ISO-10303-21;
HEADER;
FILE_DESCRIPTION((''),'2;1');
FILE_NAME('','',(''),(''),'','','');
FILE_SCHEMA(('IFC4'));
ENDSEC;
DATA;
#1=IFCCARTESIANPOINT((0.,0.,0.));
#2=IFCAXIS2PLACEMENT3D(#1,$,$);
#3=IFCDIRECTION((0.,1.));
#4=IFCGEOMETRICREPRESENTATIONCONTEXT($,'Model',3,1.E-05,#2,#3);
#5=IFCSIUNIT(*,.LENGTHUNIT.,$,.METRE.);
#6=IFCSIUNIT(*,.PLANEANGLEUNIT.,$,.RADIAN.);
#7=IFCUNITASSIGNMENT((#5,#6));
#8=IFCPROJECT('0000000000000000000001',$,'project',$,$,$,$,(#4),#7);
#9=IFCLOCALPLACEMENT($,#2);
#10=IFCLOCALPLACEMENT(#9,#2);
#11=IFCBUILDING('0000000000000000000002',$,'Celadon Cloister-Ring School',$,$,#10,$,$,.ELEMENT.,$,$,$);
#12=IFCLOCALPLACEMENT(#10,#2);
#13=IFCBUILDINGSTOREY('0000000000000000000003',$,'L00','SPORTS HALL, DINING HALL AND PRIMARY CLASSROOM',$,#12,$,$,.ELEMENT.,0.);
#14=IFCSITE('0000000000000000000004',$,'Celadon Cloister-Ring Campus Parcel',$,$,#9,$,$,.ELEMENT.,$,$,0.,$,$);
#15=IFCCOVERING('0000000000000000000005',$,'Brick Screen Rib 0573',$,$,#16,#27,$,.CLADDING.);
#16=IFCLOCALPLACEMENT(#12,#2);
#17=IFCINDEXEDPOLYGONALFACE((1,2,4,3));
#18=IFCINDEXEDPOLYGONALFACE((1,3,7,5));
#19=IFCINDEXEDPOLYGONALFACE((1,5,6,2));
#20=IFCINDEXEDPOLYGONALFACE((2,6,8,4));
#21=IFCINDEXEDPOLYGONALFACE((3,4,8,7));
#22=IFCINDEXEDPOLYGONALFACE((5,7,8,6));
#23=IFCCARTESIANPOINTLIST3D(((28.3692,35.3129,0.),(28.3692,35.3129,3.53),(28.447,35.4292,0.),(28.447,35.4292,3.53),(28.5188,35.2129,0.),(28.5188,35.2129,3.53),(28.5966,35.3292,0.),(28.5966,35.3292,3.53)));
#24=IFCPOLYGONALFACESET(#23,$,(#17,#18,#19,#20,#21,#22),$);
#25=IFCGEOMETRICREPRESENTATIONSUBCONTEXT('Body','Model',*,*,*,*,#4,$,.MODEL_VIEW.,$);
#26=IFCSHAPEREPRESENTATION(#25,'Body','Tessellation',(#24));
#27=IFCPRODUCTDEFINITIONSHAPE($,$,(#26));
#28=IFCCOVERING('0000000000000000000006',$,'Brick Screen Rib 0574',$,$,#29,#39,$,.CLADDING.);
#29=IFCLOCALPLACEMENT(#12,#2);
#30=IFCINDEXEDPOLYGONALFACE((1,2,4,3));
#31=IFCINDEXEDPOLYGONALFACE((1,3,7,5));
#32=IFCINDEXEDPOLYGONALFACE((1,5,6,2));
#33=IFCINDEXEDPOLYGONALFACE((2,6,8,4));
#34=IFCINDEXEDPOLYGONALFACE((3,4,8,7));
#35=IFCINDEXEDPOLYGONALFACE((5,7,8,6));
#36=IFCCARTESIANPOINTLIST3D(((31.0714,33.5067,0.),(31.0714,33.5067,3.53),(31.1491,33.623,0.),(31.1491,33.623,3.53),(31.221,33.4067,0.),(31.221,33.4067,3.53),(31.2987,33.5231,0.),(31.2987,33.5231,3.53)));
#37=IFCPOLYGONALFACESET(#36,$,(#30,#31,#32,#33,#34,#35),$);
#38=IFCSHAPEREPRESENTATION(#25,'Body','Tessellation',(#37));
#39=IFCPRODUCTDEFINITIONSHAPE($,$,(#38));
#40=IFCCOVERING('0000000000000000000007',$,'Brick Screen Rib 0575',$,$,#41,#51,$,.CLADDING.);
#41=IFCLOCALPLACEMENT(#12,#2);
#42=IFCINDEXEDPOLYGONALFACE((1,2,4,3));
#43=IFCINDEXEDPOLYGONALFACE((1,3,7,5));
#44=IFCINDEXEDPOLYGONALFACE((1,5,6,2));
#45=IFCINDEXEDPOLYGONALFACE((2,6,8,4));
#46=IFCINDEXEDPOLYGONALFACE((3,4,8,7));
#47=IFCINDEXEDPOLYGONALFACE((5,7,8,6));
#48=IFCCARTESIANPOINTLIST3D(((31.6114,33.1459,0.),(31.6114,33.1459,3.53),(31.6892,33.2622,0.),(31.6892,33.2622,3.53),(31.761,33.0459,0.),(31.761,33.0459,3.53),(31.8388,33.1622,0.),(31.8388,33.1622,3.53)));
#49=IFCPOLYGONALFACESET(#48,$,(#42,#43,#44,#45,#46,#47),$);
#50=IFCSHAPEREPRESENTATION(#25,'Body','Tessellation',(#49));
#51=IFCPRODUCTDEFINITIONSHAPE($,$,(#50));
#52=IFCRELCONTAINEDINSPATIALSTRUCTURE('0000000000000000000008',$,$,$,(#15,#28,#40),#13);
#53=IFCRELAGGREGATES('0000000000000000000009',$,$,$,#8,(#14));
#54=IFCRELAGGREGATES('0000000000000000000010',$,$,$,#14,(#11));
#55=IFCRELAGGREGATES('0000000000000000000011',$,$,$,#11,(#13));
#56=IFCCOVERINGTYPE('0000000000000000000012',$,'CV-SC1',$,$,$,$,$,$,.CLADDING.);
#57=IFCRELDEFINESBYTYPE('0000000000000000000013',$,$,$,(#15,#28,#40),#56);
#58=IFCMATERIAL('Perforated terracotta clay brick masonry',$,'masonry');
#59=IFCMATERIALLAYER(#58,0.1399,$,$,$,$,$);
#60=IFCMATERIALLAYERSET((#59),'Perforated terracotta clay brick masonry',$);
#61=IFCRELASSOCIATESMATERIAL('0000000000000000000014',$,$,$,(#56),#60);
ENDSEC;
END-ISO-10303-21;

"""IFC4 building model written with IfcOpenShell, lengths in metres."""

from ifc_helpers import new_model, si_unit, direction, frame, origin, origin_2d, place, context, subcontext, project, spatial, rectangle, extrude, material, layer, layer_set, type_object, element, save


model = new_model("IFC4")

# Units and contexts
model_context = context("Model", 3, precision=1e-05, world=origin(), true_north=direction((0.0, 1.0)))
body_context = subcontext(model_context, "Body", "Model", "MODEL_VIEW")
ifc_project = project(units=[si_unit("LENGTHUNIT", "METRE"), si_unit("PLANEANGLEUNIT", "RADIAN")], contexts=[model_context])

# Site, building, storey
site_placement = place(None, origin())
site = spatial("IfcSite", under=ifc_project, at=site_placement, Name="Celadon Cloister-Ring Campus Parcel", CompositionType="ELEMENT", RefElevation=0.0)
building_placement = place(site_placement, origin())
building = spatial("IfcBuilding", under=site, at=building_placement, Name="Celadon Cloister-Ring School", CompositionType="ELEMENT")
storey_placement = place(building_placement, origin())
storey = spatial("IfcBuildingStorey", under=building, at=storey_placement, Name="L00", Description="SPORTS HALL, DINING HALL AND PRIMARY CLASSROOM", CompositionType="ELEMENT", Elevation=0.0)

# Coverings
ifc_material_1 = material(Name="Perforated terracotta clay brick masonry", Category="masonry")
ifc_layer_1 = layer(ifc_material_1, 0.1399)
ifc_layer_set_1 = layer_set([ifc_layer_1], Name="Perforated terracotta clay brick masonry")
covering_type = type_object("IfcCoveringType", Name="CV-SC1", PredefinedType="CLADDING", material=ifc_layer_set_1)
for number, where, z_axis, x_axis, name in (
    (1, (28.4829, 35.321, 0.0), (0.0, 0.0, 1.0), (0.831392, -0.555686, 0.0), "Brick Screen Rib 0573"),
    (2, (31.1851, 33.5149, 0.0), (0.0, 0.0, 1.0), (0.831392, -0.555686, 0.0), "Brick Screen Rib 0574"),
    (3, (31.7251, 33.1541, 0.0), (0.0, 0.0, 1.0), (0.831392, -0.555686, 0.0), "Brick Screen Rib 0575"),
):
    element("IfcCovering", number, at=place(storey_placement, frame(where, z_axis=z_axis, x_axis=x_axis)), inside=storey, type_object=covering_type, Name=name, PredefinedType="CLADDING", context=body_context, shape_type="SweptSolid", body=[
        extrude(rectangle(XDim=0.1799, YDim=0.1399, at=origin_2d()), origin(), (0.0, 0.0, 1.0), 3.53),
    ])

save(model, "model.ifc")
